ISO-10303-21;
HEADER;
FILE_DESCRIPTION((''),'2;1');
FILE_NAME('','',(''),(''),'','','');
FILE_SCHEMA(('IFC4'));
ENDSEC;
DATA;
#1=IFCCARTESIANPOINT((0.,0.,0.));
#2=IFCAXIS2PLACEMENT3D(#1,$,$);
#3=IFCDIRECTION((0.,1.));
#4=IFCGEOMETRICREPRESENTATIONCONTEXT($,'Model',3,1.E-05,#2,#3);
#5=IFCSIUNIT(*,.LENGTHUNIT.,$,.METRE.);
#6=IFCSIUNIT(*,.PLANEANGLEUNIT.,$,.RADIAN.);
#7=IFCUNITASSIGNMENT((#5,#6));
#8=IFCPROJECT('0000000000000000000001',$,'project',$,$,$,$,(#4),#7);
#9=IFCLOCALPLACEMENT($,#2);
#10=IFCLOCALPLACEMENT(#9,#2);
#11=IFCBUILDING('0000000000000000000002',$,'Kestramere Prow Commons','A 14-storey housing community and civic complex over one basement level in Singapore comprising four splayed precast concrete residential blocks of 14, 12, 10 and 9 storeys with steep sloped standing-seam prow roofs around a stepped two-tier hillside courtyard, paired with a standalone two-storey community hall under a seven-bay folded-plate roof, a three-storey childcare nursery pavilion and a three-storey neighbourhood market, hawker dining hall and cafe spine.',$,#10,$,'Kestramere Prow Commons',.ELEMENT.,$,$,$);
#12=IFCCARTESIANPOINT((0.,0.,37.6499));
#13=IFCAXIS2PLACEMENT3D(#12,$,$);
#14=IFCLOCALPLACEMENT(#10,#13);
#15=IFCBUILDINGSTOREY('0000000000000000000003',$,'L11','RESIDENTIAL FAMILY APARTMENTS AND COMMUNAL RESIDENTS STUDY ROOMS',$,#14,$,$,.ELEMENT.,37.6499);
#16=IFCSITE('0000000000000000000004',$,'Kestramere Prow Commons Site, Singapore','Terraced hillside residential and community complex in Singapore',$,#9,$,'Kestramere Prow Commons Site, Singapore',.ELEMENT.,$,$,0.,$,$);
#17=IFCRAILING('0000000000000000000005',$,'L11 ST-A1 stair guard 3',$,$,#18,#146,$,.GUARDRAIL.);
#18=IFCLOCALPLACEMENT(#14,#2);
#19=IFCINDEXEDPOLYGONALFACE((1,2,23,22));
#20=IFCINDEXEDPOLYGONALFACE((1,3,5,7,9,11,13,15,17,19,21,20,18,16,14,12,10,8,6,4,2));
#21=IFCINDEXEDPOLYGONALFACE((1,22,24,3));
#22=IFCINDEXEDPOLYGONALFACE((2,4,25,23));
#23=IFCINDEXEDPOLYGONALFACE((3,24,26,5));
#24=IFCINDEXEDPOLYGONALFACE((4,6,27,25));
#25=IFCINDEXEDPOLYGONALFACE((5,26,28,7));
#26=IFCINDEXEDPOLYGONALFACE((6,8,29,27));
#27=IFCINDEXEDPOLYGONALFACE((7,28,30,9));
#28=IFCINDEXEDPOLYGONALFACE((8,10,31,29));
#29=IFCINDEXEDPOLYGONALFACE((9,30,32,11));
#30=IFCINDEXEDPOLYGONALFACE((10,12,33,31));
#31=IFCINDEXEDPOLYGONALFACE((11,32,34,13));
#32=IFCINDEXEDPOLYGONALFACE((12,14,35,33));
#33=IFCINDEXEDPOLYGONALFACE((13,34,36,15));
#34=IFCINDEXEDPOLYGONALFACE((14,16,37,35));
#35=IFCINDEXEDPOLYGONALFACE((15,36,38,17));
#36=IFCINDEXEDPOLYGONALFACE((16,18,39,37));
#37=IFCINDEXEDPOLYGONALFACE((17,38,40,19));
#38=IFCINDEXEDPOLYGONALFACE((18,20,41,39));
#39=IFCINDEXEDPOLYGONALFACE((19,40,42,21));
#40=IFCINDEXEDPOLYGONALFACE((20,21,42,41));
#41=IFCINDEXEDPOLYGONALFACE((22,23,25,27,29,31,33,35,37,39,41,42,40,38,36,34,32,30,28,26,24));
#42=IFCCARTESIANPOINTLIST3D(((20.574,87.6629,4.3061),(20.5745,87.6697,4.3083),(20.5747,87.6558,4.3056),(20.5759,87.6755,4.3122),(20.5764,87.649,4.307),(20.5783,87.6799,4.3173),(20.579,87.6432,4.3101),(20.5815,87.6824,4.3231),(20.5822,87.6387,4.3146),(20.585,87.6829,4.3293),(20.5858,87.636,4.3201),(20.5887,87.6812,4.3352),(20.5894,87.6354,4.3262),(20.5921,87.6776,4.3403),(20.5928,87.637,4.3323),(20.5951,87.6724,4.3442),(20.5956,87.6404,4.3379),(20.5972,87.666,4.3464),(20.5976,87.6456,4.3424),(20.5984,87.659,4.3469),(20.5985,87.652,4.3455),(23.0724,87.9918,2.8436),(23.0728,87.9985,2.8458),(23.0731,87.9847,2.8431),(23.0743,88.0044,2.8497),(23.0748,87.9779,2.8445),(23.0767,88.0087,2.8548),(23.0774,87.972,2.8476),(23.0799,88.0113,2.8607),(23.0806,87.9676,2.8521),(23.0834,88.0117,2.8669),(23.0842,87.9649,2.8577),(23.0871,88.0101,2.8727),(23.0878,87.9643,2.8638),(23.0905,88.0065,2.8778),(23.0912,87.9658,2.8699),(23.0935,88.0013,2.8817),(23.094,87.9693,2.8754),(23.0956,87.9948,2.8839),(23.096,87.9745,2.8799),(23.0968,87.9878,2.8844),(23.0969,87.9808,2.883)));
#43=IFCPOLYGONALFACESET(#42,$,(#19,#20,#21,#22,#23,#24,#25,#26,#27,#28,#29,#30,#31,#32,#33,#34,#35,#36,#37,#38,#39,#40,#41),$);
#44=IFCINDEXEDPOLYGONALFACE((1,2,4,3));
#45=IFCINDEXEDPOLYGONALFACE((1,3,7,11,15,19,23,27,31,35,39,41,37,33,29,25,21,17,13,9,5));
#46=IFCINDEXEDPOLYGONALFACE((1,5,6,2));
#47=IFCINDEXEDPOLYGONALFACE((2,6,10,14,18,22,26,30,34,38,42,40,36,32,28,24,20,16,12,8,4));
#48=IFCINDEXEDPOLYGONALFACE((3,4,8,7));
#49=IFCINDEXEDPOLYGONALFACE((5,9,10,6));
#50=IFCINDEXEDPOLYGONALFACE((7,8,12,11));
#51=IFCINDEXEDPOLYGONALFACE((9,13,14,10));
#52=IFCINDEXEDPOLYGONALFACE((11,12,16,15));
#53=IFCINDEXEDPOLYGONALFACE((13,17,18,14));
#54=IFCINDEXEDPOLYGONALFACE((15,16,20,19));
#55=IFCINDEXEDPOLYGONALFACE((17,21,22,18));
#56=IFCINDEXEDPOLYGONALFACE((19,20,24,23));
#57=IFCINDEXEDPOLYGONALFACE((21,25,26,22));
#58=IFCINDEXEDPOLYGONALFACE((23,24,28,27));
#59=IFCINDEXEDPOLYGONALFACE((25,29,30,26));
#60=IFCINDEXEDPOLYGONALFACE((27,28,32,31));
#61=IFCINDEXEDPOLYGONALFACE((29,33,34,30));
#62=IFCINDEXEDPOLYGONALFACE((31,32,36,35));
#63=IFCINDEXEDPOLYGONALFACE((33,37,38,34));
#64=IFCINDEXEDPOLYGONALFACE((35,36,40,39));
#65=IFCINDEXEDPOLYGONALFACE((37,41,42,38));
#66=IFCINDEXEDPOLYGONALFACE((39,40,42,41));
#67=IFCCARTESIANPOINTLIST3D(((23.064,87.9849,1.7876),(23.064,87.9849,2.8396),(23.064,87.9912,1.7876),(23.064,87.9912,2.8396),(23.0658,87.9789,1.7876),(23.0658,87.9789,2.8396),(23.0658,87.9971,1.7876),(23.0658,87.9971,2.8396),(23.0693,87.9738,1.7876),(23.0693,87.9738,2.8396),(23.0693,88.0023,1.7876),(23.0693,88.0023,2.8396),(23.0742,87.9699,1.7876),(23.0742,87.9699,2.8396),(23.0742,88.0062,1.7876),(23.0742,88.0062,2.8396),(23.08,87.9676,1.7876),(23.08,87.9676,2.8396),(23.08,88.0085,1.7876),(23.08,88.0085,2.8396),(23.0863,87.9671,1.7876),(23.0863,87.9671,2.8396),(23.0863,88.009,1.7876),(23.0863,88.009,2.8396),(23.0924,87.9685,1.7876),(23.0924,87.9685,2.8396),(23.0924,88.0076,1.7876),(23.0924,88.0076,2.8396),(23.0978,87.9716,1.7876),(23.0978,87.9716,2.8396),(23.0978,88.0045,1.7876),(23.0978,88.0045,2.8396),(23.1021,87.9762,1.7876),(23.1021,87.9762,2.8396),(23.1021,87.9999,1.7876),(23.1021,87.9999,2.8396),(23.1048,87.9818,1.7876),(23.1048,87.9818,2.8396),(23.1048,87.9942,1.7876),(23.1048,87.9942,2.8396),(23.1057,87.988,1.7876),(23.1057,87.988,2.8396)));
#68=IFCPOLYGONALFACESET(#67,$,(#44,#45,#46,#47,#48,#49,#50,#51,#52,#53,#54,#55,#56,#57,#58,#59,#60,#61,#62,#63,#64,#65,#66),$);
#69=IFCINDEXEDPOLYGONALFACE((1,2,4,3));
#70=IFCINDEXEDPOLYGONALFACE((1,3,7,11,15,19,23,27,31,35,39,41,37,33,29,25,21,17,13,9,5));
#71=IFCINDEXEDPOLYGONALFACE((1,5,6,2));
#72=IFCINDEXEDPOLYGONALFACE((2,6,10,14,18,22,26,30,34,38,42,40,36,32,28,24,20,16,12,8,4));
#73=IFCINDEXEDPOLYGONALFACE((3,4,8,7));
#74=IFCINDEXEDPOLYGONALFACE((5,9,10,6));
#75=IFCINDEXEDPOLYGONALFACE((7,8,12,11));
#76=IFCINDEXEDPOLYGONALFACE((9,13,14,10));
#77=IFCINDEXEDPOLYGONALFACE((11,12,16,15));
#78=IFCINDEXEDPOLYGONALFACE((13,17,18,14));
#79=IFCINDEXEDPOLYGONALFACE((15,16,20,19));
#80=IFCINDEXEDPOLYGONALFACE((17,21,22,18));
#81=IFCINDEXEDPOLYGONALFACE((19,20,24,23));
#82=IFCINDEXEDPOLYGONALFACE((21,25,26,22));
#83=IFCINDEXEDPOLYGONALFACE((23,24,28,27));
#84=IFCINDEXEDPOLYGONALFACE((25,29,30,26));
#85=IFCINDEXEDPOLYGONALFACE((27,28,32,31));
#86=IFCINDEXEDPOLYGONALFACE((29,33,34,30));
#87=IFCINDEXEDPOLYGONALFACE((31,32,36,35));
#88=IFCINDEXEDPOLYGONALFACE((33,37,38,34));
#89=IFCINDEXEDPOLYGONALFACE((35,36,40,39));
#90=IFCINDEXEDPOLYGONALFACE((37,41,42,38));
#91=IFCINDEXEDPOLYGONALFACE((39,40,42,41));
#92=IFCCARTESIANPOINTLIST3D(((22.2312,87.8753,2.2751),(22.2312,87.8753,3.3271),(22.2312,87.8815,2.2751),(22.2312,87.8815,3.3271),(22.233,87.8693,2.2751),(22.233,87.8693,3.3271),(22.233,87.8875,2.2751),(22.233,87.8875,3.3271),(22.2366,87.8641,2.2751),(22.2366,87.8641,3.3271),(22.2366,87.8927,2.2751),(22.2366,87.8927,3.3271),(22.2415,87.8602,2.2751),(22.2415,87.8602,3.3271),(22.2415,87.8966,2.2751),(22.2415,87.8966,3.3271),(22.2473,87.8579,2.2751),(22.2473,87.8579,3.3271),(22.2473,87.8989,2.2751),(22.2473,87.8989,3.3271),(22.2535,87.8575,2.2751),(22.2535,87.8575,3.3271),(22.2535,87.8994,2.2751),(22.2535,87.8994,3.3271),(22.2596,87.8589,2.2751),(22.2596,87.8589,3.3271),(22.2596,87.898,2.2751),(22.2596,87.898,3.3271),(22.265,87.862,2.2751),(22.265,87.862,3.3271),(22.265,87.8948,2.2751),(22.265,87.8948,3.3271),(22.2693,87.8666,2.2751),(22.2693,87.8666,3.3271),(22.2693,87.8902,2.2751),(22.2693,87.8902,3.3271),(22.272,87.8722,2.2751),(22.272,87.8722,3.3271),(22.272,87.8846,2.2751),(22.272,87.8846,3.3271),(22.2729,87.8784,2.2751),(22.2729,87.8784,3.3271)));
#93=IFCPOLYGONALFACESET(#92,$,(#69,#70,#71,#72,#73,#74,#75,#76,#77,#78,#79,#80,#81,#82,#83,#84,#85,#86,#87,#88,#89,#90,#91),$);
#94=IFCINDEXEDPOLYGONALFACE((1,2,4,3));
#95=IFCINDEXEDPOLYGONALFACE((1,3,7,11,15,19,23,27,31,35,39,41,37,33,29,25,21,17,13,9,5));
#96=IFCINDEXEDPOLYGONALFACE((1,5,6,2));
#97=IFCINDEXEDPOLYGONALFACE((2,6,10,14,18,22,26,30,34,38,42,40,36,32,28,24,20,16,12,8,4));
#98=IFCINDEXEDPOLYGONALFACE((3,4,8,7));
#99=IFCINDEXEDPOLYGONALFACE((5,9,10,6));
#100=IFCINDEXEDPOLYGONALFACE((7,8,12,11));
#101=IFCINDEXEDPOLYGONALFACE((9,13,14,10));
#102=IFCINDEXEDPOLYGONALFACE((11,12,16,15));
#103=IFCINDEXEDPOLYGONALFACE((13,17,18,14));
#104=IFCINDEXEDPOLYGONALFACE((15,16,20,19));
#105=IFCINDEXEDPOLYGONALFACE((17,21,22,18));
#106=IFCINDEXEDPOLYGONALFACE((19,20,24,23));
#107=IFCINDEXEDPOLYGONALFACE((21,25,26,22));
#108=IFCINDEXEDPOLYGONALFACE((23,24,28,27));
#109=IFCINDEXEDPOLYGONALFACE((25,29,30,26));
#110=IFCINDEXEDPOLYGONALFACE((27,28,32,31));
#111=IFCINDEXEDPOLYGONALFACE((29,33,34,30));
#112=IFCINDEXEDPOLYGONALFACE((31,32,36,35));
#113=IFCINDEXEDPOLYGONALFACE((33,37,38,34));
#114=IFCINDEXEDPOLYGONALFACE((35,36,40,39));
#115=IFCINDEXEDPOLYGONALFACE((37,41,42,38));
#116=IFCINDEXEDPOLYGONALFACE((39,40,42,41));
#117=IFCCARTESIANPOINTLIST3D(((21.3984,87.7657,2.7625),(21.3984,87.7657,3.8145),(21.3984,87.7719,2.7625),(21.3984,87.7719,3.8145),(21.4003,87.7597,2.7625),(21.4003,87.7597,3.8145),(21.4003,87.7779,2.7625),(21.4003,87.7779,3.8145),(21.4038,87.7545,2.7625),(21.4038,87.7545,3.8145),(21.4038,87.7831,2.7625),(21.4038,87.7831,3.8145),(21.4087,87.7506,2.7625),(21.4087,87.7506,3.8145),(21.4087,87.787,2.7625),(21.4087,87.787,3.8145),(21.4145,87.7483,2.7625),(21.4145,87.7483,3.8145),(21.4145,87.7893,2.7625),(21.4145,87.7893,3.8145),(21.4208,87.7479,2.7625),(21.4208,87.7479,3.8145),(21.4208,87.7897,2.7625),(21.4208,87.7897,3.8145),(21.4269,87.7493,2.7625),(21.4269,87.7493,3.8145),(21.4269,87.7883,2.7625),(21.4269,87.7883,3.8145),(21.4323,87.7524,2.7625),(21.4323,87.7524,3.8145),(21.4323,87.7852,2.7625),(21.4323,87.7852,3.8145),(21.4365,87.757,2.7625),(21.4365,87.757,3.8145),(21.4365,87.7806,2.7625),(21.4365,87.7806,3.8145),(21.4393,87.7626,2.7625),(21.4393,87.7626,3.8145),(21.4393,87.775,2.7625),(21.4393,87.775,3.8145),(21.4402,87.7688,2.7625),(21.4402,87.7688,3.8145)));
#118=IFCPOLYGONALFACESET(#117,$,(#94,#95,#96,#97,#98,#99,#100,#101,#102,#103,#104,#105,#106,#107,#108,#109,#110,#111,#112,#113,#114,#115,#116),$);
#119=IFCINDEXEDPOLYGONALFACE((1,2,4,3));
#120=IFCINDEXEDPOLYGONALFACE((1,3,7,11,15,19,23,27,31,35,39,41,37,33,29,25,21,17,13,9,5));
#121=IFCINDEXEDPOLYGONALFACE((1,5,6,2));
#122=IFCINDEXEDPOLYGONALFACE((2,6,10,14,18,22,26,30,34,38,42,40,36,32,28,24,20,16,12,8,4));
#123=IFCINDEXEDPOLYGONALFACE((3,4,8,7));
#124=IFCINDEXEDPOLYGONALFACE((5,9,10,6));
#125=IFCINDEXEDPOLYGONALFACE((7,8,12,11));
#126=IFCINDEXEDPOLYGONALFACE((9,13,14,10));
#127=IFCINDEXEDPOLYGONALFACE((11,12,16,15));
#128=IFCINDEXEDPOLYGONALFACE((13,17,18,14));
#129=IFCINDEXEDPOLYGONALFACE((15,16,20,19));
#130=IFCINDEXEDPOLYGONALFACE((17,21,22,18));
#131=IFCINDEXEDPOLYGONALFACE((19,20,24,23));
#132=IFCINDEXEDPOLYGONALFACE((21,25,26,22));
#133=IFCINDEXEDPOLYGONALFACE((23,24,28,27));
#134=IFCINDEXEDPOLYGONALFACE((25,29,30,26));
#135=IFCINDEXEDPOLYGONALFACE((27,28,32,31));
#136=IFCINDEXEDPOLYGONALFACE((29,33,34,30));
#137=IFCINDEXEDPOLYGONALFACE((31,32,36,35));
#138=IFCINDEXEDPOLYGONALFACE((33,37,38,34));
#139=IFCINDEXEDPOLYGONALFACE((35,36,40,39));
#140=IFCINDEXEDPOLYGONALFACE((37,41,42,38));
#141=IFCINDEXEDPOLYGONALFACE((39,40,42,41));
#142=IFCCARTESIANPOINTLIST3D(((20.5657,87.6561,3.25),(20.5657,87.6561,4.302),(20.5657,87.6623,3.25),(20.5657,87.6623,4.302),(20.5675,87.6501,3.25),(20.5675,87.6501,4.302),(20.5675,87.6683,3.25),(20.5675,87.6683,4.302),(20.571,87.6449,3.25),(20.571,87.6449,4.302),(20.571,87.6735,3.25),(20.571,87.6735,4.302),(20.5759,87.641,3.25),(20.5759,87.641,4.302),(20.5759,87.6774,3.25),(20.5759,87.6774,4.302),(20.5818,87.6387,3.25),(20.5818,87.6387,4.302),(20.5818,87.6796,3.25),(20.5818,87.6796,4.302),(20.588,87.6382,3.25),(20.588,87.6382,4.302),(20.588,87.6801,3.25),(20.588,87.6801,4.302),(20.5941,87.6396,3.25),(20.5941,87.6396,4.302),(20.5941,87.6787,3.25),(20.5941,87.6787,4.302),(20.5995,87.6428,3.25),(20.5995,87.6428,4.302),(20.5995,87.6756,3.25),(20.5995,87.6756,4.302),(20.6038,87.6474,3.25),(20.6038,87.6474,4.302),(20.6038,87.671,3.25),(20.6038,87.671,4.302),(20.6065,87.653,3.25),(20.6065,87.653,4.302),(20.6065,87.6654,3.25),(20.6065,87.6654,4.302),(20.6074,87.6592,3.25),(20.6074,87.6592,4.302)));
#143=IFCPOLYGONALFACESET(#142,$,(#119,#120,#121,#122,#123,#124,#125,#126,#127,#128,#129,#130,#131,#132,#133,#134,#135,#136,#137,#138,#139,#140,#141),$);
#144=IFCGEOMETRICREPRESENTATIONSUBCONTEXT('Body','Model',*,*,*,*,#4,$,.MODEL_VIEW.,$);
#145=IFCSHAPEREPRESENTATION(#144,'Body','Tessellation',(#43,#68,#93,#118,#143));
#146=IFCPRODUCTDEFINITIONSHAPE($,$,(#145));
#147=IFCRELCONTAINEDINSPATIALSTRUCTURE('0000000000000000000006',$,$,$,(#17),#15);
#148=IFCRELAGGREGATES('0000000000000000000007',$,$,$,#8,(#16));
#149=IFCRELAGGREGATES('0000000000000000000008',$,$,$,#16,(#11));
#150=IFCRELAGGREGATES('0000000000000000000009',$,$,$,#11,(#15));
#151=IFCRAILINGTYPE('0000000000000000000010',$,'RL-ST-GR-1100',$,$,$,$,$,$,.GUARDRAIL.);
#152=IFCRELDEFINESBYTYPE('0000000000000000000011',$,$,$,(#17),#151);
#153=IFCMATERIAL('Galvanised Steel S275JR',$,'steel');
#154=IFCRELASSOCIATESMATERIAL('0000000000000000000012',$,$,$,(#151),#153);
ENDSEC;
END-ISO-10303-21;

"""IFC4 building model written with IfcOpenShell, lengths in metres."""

from ifc_helpers import new_model, si_unit, direction, frame, origin, origin_2d, place, context, subcontext, project, spatial, circle, extrude, material, type_object, element, save


model = new_model("IFC4")

# Units and contexts
model_context = context("Model", 3, precision=1e-05, world=origin(), true_north=direction((0.0, 1.0)))
body_context = subcontext(model_context, "Body", "Model", "MODEL_VIEW")
ifc_project = project(units=[si_unit("LENGTHUNIT", "METRE"), si_unit("PLANEANGLEUNIT", "RADIAN")], contexts=[model_context])

# Site, building, storey
site_placement = place(None, origin())
site = spatial("IfcSite", under=ifc_project, at=site_placement, Name="Kestramere Prow Commons Site, Singapore", Description="Terraced hillside residential and community complex in Singapore", LongName="Kestramere Prow Commons Site, Singapore", CompositionType="ELEMENT", RefElevation=0.0)
building_placement = place(site_placement, origin())
building = spatial("IfcBuilding", under=site, at=building_placement, Name="Kestramere Prow Commons", Description="A 14-storey housing community and civic complex over one basement level in Singapore comprising four splayed precast concrete residential blocks of 14, 12, 10 and 9 storeys with steep sloped standing-seam prow roofs around a stepped two-tier hillside courtyard, paired with a standalone two-storey community hall under a seven-bay folded-plate roof, a three-storey childcare nursery pavilion and a three-storey neighbourhood market, hawker dining hall and cafe spine.", LongName="Kestramere Prow Commons", CompositionType="ELEMENT")
storey_placement = place(building_placement, frame((0.0, 0.0, 37.6499)))
storey = spatial("IfcBuildingStorey", under=building, at=storey_placement, Name="L11", Description="RESIDENTIAL FAMILY APARTMENTS AND COMMUNAL RESIDENTS STUDY ROOMS", CompositionType="ELEMENT", Elevation=37.6499)

# Railing
ifc_material_1 = material(Name="Galvanised Steel S275JR", Category="steel")
railing_type_1 = type_object("IfcRailingType", Name="RL-ST-GR-1100", PredefinedType="GUARDRAIL", material=ifc_material_1)
railing_1_placement = place(storey_placement, frame((23.0847, 87.988, 1.7876)))
element("IfcRailing", 1, at=railing_1_placement, inside=storey, type_object=railing_type_1, Name="L11 ST-A1 stair guard 3", PredefinedType="GUARDRAIL", context=body_context, shape_type="SweptSolid", body=[
    extrude(circle(Radius=0.0239, at=origin_2d()), frame((0.0, 0.0, 1.0762), z_axis=(-0.857501, -0.112875, 0.501948), x_axis=(0.130507, -0.991447, 0.0)), (0.0, 0.0, 1.0), 2.9136),
    extrude(circle(Radius=0.021, at=origin_2d()), origin(), (0.0, 0.0, 1.0), 1.052),
    extrude(circle(Radius=0.021, at=origin_2d()), frame((-0.8328, -0.1096, 0.4875)), (0.0, 0.0, 1.0), 1.052),
    extrude(circle(Radius=0.021, at=origin_2d()), frame((-1.6655, -0.2192, 0.9749)), (0.0, 0.0, 1.0), 1.052),
    extrude(circle(Radius=0.021, at=origin_2d()), frame((-2.4983, -0.3289, 1.4624)), (0.0, 0.0, 1.0), 1.052),
])

save(model, "model.ifc")
